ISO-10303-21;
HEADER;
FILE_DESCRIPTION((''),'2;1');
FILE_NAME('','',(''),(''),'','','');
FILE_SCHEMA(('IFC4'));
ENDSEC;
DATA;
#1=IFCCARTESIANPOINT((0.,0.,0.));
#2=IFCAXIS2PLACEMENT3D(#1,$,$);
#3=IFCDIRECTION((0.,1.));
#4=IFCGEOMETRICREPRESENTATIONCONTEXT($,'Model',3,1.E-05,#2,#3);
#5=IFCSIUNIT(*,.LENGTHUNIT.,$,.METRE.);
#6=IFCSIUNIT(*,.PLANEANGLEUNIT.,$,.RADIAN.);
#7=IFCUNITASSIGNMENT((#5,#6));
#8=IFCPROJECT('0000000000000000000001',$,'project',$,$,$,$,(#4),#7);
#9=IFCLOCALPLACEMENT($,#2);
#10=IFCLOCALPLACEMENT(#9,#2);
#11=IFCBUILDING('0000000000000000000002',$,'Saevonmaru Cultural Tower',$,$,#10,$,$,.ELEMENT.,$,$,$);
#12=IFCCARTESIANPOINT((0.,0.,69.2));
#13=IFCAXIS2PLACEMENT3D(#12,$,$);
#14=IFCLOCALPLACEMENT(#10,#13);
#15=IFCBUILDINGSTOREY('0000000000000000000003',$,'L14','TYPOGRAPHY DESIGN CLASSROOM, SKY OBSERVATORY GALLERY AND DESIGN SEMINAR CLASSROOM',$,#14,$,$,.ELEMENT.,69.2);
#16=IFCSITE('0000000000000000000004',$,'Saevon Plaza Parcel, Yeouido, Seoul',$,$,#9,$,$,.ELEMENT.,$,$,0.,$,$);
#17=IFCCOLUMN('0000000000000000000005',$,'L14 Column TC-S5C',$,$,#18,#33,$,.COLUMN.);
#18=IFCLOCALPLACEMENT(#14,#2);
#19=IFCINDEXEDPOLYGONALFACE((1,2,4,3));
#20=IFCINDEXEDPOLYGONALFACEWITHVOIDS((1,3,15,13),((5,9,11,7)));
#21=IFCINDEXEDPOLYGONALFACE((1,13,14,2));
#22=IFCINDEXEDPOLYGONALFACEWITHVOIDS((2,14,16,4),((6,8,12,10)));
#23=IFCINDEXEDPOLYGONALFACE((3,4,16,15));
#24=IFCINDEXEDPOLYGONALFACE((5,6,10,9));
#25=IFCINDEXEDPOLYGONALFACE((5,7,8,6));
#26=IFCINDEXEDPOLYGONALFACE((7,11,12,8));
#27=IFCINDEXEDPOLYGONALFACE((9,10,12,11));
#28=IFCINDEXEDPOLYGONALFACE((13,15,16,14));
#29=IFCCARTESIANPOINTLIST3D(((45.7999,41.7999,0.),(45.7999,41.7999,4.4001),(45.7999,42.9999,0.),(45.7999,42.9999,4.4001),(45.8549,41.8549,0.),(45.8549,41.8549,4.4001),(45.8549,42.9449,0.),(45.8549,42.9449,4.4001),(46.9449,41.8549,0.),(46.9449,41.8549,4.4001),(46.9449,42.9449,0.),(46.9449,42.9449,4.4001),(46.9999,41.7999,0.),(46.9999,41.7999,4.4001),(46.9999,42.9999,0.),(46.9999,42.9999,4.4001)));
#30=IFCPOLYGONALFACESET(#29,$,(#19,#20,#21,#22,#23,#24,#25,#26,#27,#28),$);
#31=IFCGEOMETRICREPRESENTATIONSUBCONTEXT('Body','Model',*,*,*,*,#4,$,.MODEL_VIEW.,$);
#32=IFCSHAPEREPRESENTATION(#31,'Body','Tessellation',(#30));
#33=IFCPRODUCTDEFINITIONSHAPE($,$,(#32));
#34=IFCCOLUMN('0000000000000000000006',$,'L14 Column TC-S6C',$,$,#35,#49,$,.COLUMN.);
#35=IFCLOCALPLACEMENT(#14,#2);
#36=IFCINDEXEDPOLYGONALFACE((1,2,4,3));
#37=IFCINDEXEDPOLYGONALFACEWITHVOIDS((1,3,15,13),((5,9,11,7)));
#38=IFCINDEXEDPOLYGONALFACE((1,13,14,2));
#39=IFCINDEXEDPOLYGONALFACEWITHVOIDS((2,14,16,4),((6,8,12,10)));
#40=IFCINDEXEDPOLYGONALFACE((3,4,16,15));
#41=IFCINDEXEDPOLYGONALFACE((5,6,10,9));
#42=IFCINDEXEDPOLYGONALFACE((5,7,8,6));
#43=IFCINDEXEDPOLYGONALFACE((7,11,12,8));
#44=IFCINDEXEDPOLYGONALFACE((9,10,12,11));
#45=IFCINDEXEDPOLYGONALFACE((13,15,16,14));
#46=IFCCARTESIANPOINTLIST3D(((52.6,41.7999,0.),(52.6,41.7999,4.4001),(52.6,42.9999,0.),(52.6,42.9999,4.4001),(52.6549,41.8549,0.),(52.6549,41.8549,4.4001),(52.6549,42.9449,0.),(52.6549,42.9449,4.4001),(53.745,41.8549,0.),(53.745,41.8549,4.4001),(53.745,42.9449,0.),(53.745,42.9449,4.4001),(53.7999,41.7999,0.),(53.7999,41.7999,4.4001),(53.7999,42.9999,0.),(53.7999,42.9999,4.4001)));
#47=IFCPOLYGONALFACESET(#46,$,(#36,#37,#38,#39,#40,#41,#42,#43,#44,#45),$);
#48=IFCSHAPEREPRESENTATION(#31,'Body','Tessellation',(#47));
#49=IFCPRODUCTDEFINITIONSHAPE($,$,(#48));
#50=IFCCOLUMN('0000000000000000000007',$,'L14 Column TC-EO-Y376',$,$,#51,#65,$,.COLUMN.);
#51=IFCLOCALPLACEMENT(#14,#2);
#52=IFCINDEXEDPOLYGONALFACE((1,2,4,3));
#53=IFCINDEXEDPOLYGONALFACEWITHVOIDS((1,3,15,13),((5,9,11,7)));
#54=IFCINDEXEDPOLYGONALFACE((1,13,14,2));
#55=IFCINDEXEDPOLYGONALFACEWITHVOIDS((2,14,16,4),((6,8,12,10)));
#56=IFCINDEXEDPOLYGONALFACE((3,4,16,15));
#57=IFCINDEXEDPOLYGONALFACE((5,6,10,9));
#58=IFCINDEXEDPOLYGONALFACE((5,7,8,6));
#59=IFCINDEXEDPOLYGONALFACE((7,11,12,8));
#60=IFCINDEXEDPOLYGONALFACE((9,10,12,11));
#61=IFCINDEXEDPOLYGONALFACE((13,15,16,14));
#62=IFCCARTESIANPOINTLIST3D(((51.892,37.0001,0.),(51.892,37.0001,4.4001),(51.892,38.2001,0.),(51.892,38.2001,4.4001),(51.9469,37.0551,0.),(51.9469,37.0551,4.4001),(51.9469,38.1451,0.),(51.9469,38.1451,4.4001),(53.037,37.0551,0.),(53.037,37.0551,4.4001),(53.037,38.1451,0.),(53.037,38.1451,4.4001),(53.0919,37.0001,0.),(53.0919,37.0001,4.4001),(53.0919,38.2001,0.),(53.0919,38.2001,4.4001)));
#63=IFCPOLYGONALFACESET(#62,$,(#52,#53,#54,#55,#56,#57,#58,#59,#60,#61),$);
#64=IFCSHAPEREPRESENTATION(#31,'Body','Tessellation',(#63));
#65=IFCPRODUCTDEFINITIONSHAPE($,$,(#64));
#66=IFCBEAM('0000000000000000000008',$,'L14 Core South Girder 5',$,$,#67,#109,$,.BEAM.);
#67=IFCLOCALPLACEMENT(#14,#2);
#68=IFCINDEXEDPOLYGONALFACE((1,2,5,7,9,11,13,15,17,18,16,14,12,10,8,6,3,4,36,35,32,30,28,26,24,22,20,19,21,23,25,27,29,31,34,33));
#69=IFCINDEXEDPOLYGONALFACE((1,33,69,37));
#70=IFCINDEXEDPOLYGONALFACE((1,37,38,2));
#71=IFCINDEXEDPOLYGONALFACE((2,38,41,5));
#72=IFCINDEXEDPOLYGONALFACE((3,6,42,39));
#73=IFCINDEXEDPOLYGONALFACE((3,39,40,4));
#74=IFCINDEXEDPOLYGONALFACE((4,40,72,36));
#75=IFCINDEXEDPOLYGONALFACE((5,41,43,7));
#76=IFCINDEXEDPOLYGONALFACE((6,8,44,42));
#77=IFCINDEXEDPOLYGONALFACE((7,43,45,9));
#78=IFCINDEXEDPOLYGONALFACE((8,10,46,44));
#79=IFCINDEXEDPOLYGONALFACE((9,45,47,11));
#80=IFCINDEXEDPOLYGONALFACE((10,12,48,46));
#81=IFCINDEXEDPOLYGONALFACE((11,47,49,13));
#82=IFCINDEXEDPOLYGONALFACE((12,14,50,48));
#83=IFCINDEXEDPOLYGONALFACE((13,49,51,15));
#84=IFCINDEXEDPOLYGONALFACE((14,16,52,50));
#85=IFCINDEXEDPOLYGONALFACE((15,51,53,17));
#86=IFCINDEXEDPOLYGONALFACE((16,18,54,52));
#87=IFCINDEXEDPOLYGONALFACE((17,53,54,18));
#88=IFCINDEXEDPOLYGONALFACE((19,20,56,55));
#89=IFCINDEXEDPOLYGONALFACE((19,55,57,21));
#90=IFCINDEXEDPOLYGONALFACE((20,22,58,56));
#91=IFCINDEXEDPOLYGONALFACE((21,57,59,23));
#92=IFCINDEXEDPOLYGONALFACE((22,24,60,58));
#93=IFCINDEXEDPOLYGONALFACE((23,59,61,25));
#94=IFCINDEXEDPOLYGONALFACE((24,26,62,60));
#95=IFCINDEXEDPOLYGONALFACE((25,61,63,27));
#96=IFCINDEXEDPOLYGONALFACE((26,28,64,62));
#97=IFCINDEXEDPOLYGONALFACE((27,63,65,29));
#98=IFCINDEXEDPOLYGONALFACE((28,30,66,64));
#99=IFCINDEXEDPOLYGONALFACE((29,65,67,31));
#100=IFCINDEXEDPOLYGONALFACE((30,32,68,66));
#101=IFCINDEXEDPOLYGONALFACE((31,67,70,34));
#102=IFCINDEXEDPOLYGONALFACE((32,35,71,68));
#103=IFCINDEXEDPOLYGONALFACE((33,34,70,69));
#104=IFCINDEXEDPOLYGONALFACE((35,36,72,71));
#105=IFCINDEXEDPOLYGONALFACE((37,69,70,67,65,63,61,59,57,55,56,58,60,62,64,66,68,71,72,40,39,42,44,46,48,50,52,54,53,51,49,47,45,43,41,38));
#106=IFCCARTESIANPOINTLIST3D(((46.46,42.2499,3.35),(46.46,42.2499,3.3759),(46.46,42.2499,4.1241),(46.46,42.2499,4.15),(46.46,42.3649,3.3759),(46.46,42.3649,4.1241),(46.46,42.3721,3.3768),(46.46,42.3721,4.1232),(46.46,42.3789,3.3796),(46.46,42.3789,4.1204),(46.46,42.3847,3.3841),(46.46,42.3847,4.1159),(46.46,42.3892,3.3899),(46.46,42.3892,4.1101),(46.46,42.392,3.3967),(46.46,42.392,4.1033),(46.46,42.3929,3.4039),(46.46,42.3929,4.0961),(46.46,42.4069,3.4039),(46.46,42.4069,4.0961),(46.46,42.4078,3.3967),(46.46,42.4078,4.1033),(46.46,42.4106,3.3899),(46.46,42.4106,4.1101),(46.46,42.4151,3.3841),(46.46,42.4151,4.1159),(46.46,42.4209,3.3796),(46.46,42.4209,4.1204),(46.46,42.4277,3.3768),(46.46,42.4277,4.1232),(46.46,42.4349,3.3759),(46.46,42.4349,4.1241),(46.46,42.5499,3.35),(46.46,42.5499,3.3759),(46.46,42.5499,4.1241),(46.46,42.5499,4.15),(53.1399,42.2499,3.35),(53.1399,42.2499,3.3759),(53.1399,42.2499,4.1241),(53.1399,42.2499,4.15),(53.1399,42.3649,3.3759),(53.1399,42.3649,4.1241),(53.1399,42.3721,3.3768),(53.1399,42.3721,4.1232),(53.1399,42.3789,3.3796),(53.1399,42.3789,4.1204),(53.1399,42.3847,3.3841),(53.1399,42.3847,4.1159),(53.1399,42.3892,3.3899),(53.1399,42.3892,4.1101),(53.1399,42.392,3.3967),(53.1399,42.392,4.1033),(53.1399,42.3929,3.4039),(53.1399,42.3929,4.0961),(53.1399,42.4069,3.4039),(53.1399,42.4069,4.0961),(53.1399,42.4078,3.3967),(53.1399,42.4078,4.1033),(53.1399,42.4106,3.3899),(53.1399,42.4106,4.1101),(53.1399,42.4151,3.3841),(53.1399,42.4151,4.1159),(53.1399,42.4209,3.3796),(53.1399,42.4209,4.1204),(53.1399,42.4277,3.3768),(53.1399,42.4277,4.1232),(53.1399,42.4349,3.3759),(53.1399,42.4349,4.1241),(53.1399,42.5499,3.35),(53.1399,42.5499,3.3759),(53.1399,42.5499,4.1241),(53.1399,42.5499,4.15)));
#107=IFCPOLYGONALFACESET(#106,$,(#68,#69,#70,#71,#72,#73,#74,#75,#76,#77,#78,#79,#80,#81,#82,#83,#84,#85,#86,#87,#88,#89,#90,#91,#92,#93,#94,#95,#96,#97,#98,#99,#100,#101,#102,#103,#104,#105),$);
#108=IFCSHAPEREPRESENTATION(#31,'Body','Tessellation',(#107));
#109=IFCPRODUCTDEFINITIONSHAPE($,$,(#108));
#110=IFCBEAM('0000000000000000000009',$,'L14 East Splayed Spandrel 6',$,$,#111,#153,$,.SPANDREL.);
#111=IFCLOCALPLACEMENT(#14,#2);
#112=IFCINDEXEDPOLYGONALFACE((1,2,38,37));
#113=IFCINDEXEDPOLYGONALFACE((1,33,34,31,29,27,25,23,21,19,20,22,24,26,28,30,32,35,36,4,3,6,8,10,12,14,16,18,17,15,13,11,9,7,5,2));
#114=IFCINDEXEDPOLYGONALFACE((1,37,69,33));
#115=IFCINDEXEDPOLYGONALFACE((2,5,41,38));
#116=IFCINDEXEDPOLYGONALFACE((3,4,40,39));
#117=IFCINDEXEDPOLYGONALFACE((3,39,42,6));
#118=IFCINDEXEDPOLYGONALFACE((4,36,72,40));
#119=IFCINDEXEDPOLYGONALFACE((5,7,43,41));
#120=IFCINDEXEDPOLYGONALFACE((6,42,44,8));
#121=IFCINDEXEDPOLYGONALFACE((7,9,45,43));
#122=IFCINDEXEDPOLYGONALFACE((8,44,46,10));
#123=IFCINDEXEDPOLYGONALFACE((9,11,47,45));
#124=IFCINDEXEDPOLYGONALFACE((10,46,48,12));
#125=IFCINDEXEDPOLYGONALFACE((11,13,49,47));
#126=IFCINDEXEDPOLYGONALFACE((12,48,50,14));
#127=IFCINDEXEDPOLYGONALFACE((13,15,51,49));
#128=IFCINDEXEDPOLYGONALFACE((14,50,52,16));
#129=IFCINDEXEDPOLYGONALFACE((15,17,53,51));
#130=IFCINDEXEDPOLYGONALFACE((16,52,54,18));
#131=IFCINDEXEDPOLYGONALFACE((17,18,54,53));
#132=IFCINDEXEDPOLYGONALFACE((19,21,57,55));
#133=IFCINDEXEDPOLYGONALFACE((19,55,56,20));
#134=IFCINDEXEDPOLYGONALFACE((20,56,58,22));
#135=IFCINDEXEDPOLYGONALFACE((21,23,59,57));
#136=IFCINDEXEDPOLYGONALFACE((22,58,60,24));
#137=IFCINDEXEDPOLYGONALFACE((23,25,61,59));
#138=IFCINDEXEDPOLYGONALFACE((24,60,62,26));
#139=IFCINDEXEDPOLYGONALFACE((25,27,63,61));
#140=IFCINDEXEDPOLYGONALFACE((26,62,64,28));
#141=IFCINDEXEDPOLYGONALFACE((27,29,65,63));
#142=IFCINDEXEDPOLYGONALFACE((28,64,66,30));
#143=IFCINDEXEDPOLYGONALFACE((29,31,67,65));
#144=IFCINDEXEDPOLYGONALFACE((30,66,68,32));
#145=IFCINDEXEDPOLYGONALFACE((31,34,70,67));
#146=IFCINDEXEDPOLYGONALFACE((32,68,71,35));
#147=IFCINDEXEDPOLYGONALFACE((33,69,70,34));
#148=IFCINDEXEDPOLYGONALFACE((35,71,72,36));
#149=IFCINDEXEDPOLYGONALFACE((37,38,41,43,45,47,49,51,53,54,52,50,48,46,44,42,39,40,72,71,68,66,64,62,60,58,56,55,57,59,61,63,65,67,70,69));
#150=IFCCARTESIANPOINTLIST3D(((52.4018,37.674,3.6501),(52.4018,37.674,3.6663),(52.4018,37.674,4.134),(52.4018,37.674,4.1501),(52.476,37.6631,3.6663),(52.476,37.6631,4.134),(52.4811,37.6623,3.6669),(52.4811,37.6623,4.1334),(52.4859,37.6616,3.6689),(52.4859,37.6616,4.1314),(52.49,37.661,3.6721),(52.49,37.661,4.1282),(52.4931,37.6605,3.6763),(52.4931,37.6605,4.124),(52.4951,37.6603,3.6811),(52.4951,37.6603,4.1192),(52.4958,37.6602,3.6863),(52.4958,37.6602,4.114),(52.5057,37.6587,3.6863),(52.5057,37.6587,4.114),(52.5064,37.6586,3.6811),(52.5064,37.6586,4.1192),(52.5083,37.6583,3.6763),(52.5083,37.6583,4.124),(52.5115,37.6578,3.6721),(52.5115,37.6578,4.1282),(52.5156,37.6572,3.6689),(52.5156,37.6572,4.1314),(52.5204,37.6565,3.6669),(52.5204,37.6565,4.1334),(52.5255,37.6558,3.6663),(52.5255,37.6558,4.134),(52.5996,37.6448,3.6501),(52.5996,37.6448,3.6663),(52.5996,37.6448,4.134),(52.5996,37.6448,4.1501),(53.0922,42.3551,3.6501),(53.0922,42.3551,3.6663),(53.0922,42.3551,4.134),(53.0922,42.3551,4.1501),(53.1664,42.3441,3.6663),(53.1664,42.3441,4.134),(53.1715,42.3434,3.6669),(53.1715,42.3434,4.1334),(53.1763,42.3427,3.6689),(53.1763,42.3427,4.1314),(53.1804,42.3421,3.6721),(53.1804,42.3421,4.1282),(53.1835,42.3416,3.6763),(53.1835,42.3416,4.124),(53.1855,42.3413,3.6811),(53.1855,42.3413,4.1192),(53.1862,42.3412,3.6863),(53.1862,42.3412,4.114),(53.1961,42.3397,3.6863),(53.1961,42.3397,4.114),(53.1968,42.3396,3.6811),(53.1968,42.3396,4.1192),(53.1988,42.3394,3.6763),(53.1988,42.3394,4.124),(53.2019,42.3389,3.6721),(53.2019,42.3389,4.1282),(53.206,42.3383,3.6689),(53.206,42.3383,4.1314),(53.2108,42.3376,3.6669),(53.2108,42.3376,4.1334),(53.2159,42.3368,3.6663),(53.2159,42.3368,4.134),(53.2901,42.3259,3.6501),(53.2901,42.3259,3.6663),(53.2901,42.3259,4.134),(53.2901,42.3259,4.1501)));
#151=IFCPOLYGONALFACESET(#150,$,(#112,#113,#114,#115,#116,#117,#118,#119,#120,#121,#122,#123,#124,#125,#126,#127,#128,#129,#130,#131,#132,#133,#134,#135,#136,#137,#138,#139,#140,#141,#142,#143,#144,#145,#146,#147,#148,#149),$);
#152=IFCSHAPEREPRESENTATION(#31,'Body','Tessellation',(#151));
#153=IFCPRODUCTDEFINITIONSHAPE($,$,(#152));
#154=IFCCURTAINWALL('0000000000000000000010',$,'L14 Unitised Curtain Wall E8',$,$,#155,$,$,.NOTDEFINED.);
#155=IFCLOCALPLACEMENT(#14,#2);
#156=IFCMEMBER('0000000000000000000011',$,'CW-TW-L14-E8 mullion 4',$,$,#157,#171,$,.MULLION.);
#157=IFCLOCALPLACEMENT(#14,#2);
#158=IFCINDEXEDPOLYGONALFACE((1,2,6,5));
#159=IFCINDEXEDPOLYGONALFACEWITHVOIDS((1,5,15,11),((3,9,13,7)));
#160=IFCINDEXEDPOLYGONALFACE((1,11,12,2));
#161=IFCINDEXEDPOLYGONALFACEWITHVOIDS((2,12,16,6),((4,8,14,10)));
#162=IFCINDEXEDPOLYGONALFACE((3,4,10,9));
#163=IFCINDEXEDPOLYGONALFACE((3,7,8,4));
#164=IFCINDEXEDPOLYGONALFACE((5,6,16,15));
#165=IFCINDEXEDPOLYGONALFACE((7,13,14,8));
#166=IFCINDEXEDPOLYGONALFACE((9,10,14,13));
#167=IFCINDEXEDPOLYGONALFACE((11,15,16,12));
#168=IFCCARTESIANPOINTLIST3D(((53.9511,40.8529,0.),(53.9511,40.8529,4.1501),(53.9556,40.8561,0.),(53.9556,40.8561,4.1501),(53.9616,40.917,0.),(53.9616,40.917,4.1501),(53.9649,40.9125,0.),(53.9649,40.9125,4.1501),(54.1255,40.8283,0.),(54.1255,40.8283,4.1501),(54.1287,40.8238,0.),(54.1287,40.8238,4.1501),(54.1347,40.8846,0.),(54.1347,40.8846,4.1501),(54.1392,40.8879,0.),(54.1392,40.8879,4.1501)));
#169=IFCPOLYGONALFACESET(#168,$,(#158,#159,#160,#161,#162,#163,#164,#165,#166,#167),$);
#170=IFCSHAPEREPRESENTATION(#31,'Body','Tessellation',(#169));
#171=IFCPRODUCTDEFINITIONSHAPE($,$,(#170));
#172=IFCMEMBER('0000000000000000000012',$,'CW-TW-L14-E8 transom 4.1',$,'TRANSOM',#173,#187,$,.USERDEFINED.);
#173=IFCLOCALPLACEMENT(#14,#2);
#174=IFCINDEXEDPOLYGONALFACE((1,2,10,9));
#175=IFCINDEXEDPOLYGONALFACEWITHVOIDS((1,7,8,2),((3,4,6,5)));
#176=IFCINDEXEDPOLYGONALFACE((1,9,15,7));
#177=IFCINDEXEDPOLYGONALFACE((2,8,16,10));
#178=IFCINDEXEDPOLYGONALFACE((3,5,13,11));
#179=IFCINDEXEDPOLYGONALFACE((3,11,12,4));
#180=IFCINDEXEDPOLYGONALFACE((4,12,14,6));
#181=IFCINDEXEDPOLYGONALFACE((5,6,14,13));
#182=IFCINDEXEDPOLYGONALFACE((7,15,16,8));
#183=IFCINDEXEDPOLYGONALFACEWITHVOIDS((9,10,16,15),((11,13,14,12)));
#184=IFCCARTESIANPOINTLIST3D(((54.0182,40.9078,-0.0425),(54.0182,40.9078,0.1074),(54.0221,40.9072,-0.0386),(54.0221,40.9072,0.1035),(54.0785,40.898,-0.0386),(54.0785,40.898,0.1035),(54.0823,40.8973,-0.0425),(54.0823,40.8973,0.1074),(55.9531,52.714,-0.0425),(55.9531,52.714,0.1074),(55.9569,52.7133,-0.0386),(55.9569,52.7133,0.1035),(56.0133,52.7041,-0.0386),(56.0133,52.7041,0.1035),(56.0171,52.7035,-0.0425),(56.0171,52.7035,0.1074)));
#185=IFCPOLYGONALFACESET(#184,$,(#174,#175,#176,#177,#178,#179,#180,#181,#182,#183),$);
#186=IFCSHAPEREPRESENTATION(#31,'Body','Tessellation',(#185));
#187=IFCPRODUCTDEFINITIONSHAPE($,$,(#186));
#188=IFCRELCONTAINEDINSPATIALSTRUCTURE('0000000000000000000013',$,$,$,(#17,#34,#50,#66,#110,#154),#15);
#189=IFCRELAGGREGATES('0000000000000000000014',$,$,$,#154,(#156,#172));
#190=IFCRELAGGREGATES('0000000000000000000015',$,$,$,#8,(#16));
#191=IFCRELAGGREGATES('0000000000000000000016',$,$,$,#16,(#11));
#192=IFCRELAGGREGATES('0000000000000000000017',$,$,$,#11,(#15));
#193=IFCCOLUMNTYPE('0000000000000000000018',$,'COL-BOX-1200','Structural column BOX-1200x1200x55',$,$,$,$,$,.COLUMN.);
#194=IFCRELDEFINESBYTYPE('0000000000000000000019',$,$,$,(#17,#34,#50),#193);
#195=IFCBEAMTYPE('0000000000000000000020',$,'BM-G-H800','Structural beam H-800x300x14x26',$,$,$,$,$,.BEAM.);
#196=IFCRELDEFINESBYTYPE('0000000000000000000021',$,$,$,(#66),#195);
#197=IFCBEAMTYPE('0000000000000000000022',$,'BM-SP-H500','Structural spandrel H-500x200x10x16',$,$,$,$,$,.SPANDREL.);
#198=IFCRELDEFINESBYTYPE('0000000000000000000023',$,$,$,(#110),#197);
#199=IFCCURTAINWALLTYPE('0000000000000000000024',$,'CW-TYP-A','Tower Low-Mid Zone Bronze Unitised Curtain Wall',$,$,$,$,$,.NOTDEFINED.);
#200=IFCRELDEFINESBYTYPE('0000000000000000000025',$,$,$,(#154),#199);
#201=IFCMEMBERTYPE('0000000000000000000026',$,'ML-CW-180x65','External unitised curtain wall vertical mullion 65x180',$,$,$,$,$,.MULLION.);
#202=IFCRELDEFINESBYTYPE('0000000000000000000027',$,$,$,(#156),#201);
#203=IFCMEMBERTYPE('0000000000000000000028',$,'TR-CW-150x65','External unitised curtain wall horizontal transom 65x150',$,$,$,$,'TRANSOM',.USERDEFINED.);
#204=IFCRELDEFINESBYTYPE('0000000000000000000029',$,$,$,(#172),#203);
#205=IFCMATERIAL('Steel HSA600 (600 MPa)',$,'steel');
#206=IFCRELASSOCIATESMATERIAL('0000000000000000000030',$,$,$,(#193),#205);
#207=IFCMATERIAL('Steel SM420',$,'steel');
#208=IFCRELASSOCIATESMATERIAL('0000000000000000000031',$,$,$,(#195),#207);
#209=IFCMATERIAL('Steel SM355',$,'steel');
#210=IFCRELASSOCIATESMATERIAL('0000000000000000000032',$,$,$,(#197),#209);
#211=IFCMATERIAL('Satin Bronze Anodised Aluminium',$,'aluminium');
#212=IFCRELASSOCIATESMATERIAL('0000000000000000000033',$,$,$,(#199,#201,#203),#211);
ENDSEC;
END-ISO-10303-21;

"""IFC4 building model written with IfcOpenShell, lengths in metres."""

from ifc_helpers import new_model, si_unit, direction, frame, origin, origin_2d, place, context, subcontext, project, spatial, hollow_rectangle, i_section, extrude, material, material_profile, profile_set, type_object, element, aggregate, save


model = new_model("IFC4")

# Units and contexts
model_context = context("Model", 3, precision=1e-05, world=origin(), true_north=direction((0.0, 1.0)))
body_context = subcontext(model_context, "Body", "Model", "MODEL_VIEW")
ifc_project = project(units=[si_unit("LENGTHUNIT", "METRE"), si_unit("PLANEANGLEUNIT", "RADIAN")], contexts=[model_context])

# Site, building, storey
site_placement = place(None, origin())
site = spatial("IfcSite", under=ifc_project, at=site_placement, Name="Saevon Plaza Parcel, Yeouido, Seoul", CompositionType="ELEMENT", RefElevation=0.0)
building_placement = place(site_placement, origin())
building = spatial("IfcBuilding", under=site, at=building_placement, Name="Saevonmaru Cultural Tower", CompositionType="ELEMENT")
storey_placement = place(building_placement, frame((0.0, 0.0, 69.2)))
storey = spatial("IfcBuildingStorey", under=building, at=storey_placement, Name="L14", Description="TYPOGRAPHY DESIGN CLASSROOM, SKY OBSERVATORY GALLERY AND DESIGN SEMINAR CLASSROOM", CompositionType="ELEMENT", Elevation=69.2)

# Columns
ifc_material_1 = material(Name="Steel HSA600 (600 MPa)", Category="steel")
ifc_material_profile_1 = material_profile(ifc_material_1, hollow_rectangle(XDim=1.2, YDim=1.2, WallThickness=0.0549, at=origin_2d()), Name="BOX-1200x1200x55")
ifc_profile_set_1 = profile_set([ifc_material_profile_1], Name="Steel HSA600 (600 MPa)")
column_type = type_object("IfcColumnType", Name="COL-BOX-1200", Description="Structural column BOX-1200x1200x55", PredefinedType="COLUMN", material=ifc_profile_set_1)
for number, where, z_axis, x_axis, name in (
    (1, (46.3999, 42.3999, 0.0), (0.0, 0.0, 1.0), (1.0, 0.0, 0.0), "L14 Column TC-S5C"),
    (2, (53.2, 42.3999, 0.0), (0.0, 0.0, 1.0), (1.0, 0.0, 0.0), "L14 Column TC-S6C"),
    (3, (52.4919, 37.6001, 0.0), (0.0, 0.0, 1.0), (1.0, 0.0, 0.0), "L14 Column TC-EO-Y376"),
):
    element("IfcColumn", number, at=place(storey_placement, frame(where, z_axis=z_axis, x_axis=x_axis)), inside=storey, type_object=column_type, Name=name, PredefinedType="COLUMN", context=body_context, shape_type="SweptSolid", body=[
        extrude(hollow_rectangle(XDim=1.2, YDim=1.2, WallThickness=0.0549, at=origin_2d()), origin(), (0.0, 0.0, 1.0), 4.4001),
    ])

# Beams
ifc_material_2 = material(Name="Steel SM420", Category="steel")
ifc_material_profile_2 = material_profile(ifc_material_2, i_section(OverallWidth=0.3, OverallDepth=0.8, WebThickness=0.0139, FlangeThickness=0.0259, FilletRadius=0.0281, at=origin_2d()), Name="H-800x300x14x26")
ifc_profile_set_2 = profile_set([ifc_material_profile_2], Name="Steel SM420")
beam_type_1 = type_object("IfcBeamType", Name="BM-G-H800", Description="Structural beam H-800x300x14x26", PredefinedType="BEAM", material=ifc_profile_set_2)
beam_1_placement = place(storey_placement, frame((46.46, 42.3999, 3.75), z_axis=(1.0, 0.0, 0.0), x_axis=(0.0, 1.0, 0.0)))
element("IfcBeam", 4, at=beam_1_placement, inside=storey, type_object=beam_type_1, Name="L14 Core South Girder 5", PredefinedType="BEAM", context=body_context, shape_type="SweptSolid", body=[
    extrude(i_section(OverallWidth=0.3, OverallDepth=0.8, WebThickness=0.0139, FlangeThickness=0.0259, FilletRadius=0.0281, at=origin_2d()), origin(), (0.0, 0.0, 1.0), 6.6799),
])
ifc_material_3 = material(Name="Steel SM355", Category="steel")
ifc_material_profile_3 = material_profile(ifc_material_3, i_section(OverallWidth=0.2, OverallDepth=0.5, WebThickness=0.01, FlangeThickness=0.0161, FilletRadius=0.02, at=origin_2d()), Name="H-500x200x10x16")
ifc_profile_set_3 = profile_set([ifc_material_profile_3], Name="Steel SM355")
beam_type_2 = type_object("IfcBeamType", Name="BM-SP-H500", Description="Structural spandrel H-500x200x10x16", PredefinedType="SPANDREL", material=ifc_profile_set_3)
beam_2_placement = place(storey_placement, frame((52.5007, 37.6594, 3.9001), z_axis=(0.145913, 0.989297, 0.0), x_axis=(-0.989297, 0.145913, 0.0)))
element("IfcBeam", 5, at=beam_2_placement, inside=storey, type_object=beam_type_2, Name="L14 East Splayed Spandrel 6", PredefinedType="SPANDREL", context=body_context, shape_type="SweptSolid", body=[
    extrude(i_section(OverallWidth=0.2, OverallDepth=0.5, WebThickness=0.01, FlangeThickness=0.0161, FilletRadius=0.02, at=origin_2d()), origin(), (0.0, 0.0, 1.0), 4.7317),
])

# Curtain wall, members
ifc_material_4 = material(Name="Satin Bronze Anodised Aluminium", Category="aluminium")
curtain_wall_type = type_object("IfcCurtainWallType", Name="CW-TYP-A", Description="Tower Low-Mid Zone Bronze Unitised Curtain Wall", PredefinedType="NOTDEFINED", material=ifc_material_4)
curtain_wall_placement = place(storey_placement, origin())
curtain_wall = element("IfcCurtainWall", 6, at=curtain_wall_placement, inside=storey, type_object=curtain_wall_type, Name="L14 Unitised Curtain Wall E8", PredefinedType="NOTDEFINED")
ifc_material_profile_4 = material_profile(ifc_material_4, hollow_rectangle(XDim=0.0649, YDim=0.1799, WallThickness=0.0039, at=origin_2d()), Name="ALU-MULL-180x65x4")
ifc_profile_set_4 = profile_set([ifc_material_profile_4], Name="Satin Bronze Anodised Aluminium")
member_type_1 = type_object("IfcMemberType", Name="ML-CW-180x65", Description="External unitised curtain wall vertical mullion 65x180", PredefinedType="MULLION", material=ifc_profile_set_4)
member_1_placement = place(storey_placement, frame((54.0452, 40.8704, 0.0), z_axis=(0.0, 0.0, 1.0), x_axis=(0.161709, 0.986839, 0.0)))
member_1 = element("IfcMember", 7, at=member_1_placement, type_object=member_type_1, Name="CW-TW-L14-E8 mullion 4", PredefinedType="MULLION", context=body_context, shape_type="SweptSolid", body=[
    extrude(hollow_rectangle(XDim=0.0649, YDim=0.1799, WallThickness=0.0039, at=origin_2d()), origin(), (0.0, 0.0, 1.0), 4.1501),
])
ifc_material_profile_5 = material_profile(ifc_material_4, hollow_rectangle(XDim=0.0649, YDim=0.1499, WallThickness=0.0039, at=origin_2d()), Name="ALU-TRAN-150x65x4")
ifc_profile_set_5 = profile_set([ifc_material_profile_5], Name="Satin Bronze Anodised Aluminium")
member_type_2 = type_object("IfcMemberType", Name="TR-CW-150x65", Description="External unitised curtain wall horizontal transom 65x150", ElementType="TRANSOM", PredefinedType="USERDEFINED", material=ifc_profile_set_5)
member_2_placement = place(storey_placement, frame((54.0503, 40.9026, 0.0325), z_axis=(0.161725, 0.986836, 0.0), x_axis=(-0.986836, 0.161725, 0.0)))
member_2 = element("IfcMember", 8, at=member_2_placement, type_object=member_type_2, Name="CW-TW-L14-E8 transom 4.1", ObjectType="TRANSOM", PredefinedType="USERDEFINED", context=body_context, shape_type="SweptSolid", body=[
    extrude(hollow_rectangle(XDim=0.0649, YDim=0.1499, WallThickness=0.0039, at=origin_2d()), origin(), (0.0, 0.0, 1.0), 11.9636),
])
aggregate(curtain_wall, [member_1, member_2])

save(model, "model.ifc")
